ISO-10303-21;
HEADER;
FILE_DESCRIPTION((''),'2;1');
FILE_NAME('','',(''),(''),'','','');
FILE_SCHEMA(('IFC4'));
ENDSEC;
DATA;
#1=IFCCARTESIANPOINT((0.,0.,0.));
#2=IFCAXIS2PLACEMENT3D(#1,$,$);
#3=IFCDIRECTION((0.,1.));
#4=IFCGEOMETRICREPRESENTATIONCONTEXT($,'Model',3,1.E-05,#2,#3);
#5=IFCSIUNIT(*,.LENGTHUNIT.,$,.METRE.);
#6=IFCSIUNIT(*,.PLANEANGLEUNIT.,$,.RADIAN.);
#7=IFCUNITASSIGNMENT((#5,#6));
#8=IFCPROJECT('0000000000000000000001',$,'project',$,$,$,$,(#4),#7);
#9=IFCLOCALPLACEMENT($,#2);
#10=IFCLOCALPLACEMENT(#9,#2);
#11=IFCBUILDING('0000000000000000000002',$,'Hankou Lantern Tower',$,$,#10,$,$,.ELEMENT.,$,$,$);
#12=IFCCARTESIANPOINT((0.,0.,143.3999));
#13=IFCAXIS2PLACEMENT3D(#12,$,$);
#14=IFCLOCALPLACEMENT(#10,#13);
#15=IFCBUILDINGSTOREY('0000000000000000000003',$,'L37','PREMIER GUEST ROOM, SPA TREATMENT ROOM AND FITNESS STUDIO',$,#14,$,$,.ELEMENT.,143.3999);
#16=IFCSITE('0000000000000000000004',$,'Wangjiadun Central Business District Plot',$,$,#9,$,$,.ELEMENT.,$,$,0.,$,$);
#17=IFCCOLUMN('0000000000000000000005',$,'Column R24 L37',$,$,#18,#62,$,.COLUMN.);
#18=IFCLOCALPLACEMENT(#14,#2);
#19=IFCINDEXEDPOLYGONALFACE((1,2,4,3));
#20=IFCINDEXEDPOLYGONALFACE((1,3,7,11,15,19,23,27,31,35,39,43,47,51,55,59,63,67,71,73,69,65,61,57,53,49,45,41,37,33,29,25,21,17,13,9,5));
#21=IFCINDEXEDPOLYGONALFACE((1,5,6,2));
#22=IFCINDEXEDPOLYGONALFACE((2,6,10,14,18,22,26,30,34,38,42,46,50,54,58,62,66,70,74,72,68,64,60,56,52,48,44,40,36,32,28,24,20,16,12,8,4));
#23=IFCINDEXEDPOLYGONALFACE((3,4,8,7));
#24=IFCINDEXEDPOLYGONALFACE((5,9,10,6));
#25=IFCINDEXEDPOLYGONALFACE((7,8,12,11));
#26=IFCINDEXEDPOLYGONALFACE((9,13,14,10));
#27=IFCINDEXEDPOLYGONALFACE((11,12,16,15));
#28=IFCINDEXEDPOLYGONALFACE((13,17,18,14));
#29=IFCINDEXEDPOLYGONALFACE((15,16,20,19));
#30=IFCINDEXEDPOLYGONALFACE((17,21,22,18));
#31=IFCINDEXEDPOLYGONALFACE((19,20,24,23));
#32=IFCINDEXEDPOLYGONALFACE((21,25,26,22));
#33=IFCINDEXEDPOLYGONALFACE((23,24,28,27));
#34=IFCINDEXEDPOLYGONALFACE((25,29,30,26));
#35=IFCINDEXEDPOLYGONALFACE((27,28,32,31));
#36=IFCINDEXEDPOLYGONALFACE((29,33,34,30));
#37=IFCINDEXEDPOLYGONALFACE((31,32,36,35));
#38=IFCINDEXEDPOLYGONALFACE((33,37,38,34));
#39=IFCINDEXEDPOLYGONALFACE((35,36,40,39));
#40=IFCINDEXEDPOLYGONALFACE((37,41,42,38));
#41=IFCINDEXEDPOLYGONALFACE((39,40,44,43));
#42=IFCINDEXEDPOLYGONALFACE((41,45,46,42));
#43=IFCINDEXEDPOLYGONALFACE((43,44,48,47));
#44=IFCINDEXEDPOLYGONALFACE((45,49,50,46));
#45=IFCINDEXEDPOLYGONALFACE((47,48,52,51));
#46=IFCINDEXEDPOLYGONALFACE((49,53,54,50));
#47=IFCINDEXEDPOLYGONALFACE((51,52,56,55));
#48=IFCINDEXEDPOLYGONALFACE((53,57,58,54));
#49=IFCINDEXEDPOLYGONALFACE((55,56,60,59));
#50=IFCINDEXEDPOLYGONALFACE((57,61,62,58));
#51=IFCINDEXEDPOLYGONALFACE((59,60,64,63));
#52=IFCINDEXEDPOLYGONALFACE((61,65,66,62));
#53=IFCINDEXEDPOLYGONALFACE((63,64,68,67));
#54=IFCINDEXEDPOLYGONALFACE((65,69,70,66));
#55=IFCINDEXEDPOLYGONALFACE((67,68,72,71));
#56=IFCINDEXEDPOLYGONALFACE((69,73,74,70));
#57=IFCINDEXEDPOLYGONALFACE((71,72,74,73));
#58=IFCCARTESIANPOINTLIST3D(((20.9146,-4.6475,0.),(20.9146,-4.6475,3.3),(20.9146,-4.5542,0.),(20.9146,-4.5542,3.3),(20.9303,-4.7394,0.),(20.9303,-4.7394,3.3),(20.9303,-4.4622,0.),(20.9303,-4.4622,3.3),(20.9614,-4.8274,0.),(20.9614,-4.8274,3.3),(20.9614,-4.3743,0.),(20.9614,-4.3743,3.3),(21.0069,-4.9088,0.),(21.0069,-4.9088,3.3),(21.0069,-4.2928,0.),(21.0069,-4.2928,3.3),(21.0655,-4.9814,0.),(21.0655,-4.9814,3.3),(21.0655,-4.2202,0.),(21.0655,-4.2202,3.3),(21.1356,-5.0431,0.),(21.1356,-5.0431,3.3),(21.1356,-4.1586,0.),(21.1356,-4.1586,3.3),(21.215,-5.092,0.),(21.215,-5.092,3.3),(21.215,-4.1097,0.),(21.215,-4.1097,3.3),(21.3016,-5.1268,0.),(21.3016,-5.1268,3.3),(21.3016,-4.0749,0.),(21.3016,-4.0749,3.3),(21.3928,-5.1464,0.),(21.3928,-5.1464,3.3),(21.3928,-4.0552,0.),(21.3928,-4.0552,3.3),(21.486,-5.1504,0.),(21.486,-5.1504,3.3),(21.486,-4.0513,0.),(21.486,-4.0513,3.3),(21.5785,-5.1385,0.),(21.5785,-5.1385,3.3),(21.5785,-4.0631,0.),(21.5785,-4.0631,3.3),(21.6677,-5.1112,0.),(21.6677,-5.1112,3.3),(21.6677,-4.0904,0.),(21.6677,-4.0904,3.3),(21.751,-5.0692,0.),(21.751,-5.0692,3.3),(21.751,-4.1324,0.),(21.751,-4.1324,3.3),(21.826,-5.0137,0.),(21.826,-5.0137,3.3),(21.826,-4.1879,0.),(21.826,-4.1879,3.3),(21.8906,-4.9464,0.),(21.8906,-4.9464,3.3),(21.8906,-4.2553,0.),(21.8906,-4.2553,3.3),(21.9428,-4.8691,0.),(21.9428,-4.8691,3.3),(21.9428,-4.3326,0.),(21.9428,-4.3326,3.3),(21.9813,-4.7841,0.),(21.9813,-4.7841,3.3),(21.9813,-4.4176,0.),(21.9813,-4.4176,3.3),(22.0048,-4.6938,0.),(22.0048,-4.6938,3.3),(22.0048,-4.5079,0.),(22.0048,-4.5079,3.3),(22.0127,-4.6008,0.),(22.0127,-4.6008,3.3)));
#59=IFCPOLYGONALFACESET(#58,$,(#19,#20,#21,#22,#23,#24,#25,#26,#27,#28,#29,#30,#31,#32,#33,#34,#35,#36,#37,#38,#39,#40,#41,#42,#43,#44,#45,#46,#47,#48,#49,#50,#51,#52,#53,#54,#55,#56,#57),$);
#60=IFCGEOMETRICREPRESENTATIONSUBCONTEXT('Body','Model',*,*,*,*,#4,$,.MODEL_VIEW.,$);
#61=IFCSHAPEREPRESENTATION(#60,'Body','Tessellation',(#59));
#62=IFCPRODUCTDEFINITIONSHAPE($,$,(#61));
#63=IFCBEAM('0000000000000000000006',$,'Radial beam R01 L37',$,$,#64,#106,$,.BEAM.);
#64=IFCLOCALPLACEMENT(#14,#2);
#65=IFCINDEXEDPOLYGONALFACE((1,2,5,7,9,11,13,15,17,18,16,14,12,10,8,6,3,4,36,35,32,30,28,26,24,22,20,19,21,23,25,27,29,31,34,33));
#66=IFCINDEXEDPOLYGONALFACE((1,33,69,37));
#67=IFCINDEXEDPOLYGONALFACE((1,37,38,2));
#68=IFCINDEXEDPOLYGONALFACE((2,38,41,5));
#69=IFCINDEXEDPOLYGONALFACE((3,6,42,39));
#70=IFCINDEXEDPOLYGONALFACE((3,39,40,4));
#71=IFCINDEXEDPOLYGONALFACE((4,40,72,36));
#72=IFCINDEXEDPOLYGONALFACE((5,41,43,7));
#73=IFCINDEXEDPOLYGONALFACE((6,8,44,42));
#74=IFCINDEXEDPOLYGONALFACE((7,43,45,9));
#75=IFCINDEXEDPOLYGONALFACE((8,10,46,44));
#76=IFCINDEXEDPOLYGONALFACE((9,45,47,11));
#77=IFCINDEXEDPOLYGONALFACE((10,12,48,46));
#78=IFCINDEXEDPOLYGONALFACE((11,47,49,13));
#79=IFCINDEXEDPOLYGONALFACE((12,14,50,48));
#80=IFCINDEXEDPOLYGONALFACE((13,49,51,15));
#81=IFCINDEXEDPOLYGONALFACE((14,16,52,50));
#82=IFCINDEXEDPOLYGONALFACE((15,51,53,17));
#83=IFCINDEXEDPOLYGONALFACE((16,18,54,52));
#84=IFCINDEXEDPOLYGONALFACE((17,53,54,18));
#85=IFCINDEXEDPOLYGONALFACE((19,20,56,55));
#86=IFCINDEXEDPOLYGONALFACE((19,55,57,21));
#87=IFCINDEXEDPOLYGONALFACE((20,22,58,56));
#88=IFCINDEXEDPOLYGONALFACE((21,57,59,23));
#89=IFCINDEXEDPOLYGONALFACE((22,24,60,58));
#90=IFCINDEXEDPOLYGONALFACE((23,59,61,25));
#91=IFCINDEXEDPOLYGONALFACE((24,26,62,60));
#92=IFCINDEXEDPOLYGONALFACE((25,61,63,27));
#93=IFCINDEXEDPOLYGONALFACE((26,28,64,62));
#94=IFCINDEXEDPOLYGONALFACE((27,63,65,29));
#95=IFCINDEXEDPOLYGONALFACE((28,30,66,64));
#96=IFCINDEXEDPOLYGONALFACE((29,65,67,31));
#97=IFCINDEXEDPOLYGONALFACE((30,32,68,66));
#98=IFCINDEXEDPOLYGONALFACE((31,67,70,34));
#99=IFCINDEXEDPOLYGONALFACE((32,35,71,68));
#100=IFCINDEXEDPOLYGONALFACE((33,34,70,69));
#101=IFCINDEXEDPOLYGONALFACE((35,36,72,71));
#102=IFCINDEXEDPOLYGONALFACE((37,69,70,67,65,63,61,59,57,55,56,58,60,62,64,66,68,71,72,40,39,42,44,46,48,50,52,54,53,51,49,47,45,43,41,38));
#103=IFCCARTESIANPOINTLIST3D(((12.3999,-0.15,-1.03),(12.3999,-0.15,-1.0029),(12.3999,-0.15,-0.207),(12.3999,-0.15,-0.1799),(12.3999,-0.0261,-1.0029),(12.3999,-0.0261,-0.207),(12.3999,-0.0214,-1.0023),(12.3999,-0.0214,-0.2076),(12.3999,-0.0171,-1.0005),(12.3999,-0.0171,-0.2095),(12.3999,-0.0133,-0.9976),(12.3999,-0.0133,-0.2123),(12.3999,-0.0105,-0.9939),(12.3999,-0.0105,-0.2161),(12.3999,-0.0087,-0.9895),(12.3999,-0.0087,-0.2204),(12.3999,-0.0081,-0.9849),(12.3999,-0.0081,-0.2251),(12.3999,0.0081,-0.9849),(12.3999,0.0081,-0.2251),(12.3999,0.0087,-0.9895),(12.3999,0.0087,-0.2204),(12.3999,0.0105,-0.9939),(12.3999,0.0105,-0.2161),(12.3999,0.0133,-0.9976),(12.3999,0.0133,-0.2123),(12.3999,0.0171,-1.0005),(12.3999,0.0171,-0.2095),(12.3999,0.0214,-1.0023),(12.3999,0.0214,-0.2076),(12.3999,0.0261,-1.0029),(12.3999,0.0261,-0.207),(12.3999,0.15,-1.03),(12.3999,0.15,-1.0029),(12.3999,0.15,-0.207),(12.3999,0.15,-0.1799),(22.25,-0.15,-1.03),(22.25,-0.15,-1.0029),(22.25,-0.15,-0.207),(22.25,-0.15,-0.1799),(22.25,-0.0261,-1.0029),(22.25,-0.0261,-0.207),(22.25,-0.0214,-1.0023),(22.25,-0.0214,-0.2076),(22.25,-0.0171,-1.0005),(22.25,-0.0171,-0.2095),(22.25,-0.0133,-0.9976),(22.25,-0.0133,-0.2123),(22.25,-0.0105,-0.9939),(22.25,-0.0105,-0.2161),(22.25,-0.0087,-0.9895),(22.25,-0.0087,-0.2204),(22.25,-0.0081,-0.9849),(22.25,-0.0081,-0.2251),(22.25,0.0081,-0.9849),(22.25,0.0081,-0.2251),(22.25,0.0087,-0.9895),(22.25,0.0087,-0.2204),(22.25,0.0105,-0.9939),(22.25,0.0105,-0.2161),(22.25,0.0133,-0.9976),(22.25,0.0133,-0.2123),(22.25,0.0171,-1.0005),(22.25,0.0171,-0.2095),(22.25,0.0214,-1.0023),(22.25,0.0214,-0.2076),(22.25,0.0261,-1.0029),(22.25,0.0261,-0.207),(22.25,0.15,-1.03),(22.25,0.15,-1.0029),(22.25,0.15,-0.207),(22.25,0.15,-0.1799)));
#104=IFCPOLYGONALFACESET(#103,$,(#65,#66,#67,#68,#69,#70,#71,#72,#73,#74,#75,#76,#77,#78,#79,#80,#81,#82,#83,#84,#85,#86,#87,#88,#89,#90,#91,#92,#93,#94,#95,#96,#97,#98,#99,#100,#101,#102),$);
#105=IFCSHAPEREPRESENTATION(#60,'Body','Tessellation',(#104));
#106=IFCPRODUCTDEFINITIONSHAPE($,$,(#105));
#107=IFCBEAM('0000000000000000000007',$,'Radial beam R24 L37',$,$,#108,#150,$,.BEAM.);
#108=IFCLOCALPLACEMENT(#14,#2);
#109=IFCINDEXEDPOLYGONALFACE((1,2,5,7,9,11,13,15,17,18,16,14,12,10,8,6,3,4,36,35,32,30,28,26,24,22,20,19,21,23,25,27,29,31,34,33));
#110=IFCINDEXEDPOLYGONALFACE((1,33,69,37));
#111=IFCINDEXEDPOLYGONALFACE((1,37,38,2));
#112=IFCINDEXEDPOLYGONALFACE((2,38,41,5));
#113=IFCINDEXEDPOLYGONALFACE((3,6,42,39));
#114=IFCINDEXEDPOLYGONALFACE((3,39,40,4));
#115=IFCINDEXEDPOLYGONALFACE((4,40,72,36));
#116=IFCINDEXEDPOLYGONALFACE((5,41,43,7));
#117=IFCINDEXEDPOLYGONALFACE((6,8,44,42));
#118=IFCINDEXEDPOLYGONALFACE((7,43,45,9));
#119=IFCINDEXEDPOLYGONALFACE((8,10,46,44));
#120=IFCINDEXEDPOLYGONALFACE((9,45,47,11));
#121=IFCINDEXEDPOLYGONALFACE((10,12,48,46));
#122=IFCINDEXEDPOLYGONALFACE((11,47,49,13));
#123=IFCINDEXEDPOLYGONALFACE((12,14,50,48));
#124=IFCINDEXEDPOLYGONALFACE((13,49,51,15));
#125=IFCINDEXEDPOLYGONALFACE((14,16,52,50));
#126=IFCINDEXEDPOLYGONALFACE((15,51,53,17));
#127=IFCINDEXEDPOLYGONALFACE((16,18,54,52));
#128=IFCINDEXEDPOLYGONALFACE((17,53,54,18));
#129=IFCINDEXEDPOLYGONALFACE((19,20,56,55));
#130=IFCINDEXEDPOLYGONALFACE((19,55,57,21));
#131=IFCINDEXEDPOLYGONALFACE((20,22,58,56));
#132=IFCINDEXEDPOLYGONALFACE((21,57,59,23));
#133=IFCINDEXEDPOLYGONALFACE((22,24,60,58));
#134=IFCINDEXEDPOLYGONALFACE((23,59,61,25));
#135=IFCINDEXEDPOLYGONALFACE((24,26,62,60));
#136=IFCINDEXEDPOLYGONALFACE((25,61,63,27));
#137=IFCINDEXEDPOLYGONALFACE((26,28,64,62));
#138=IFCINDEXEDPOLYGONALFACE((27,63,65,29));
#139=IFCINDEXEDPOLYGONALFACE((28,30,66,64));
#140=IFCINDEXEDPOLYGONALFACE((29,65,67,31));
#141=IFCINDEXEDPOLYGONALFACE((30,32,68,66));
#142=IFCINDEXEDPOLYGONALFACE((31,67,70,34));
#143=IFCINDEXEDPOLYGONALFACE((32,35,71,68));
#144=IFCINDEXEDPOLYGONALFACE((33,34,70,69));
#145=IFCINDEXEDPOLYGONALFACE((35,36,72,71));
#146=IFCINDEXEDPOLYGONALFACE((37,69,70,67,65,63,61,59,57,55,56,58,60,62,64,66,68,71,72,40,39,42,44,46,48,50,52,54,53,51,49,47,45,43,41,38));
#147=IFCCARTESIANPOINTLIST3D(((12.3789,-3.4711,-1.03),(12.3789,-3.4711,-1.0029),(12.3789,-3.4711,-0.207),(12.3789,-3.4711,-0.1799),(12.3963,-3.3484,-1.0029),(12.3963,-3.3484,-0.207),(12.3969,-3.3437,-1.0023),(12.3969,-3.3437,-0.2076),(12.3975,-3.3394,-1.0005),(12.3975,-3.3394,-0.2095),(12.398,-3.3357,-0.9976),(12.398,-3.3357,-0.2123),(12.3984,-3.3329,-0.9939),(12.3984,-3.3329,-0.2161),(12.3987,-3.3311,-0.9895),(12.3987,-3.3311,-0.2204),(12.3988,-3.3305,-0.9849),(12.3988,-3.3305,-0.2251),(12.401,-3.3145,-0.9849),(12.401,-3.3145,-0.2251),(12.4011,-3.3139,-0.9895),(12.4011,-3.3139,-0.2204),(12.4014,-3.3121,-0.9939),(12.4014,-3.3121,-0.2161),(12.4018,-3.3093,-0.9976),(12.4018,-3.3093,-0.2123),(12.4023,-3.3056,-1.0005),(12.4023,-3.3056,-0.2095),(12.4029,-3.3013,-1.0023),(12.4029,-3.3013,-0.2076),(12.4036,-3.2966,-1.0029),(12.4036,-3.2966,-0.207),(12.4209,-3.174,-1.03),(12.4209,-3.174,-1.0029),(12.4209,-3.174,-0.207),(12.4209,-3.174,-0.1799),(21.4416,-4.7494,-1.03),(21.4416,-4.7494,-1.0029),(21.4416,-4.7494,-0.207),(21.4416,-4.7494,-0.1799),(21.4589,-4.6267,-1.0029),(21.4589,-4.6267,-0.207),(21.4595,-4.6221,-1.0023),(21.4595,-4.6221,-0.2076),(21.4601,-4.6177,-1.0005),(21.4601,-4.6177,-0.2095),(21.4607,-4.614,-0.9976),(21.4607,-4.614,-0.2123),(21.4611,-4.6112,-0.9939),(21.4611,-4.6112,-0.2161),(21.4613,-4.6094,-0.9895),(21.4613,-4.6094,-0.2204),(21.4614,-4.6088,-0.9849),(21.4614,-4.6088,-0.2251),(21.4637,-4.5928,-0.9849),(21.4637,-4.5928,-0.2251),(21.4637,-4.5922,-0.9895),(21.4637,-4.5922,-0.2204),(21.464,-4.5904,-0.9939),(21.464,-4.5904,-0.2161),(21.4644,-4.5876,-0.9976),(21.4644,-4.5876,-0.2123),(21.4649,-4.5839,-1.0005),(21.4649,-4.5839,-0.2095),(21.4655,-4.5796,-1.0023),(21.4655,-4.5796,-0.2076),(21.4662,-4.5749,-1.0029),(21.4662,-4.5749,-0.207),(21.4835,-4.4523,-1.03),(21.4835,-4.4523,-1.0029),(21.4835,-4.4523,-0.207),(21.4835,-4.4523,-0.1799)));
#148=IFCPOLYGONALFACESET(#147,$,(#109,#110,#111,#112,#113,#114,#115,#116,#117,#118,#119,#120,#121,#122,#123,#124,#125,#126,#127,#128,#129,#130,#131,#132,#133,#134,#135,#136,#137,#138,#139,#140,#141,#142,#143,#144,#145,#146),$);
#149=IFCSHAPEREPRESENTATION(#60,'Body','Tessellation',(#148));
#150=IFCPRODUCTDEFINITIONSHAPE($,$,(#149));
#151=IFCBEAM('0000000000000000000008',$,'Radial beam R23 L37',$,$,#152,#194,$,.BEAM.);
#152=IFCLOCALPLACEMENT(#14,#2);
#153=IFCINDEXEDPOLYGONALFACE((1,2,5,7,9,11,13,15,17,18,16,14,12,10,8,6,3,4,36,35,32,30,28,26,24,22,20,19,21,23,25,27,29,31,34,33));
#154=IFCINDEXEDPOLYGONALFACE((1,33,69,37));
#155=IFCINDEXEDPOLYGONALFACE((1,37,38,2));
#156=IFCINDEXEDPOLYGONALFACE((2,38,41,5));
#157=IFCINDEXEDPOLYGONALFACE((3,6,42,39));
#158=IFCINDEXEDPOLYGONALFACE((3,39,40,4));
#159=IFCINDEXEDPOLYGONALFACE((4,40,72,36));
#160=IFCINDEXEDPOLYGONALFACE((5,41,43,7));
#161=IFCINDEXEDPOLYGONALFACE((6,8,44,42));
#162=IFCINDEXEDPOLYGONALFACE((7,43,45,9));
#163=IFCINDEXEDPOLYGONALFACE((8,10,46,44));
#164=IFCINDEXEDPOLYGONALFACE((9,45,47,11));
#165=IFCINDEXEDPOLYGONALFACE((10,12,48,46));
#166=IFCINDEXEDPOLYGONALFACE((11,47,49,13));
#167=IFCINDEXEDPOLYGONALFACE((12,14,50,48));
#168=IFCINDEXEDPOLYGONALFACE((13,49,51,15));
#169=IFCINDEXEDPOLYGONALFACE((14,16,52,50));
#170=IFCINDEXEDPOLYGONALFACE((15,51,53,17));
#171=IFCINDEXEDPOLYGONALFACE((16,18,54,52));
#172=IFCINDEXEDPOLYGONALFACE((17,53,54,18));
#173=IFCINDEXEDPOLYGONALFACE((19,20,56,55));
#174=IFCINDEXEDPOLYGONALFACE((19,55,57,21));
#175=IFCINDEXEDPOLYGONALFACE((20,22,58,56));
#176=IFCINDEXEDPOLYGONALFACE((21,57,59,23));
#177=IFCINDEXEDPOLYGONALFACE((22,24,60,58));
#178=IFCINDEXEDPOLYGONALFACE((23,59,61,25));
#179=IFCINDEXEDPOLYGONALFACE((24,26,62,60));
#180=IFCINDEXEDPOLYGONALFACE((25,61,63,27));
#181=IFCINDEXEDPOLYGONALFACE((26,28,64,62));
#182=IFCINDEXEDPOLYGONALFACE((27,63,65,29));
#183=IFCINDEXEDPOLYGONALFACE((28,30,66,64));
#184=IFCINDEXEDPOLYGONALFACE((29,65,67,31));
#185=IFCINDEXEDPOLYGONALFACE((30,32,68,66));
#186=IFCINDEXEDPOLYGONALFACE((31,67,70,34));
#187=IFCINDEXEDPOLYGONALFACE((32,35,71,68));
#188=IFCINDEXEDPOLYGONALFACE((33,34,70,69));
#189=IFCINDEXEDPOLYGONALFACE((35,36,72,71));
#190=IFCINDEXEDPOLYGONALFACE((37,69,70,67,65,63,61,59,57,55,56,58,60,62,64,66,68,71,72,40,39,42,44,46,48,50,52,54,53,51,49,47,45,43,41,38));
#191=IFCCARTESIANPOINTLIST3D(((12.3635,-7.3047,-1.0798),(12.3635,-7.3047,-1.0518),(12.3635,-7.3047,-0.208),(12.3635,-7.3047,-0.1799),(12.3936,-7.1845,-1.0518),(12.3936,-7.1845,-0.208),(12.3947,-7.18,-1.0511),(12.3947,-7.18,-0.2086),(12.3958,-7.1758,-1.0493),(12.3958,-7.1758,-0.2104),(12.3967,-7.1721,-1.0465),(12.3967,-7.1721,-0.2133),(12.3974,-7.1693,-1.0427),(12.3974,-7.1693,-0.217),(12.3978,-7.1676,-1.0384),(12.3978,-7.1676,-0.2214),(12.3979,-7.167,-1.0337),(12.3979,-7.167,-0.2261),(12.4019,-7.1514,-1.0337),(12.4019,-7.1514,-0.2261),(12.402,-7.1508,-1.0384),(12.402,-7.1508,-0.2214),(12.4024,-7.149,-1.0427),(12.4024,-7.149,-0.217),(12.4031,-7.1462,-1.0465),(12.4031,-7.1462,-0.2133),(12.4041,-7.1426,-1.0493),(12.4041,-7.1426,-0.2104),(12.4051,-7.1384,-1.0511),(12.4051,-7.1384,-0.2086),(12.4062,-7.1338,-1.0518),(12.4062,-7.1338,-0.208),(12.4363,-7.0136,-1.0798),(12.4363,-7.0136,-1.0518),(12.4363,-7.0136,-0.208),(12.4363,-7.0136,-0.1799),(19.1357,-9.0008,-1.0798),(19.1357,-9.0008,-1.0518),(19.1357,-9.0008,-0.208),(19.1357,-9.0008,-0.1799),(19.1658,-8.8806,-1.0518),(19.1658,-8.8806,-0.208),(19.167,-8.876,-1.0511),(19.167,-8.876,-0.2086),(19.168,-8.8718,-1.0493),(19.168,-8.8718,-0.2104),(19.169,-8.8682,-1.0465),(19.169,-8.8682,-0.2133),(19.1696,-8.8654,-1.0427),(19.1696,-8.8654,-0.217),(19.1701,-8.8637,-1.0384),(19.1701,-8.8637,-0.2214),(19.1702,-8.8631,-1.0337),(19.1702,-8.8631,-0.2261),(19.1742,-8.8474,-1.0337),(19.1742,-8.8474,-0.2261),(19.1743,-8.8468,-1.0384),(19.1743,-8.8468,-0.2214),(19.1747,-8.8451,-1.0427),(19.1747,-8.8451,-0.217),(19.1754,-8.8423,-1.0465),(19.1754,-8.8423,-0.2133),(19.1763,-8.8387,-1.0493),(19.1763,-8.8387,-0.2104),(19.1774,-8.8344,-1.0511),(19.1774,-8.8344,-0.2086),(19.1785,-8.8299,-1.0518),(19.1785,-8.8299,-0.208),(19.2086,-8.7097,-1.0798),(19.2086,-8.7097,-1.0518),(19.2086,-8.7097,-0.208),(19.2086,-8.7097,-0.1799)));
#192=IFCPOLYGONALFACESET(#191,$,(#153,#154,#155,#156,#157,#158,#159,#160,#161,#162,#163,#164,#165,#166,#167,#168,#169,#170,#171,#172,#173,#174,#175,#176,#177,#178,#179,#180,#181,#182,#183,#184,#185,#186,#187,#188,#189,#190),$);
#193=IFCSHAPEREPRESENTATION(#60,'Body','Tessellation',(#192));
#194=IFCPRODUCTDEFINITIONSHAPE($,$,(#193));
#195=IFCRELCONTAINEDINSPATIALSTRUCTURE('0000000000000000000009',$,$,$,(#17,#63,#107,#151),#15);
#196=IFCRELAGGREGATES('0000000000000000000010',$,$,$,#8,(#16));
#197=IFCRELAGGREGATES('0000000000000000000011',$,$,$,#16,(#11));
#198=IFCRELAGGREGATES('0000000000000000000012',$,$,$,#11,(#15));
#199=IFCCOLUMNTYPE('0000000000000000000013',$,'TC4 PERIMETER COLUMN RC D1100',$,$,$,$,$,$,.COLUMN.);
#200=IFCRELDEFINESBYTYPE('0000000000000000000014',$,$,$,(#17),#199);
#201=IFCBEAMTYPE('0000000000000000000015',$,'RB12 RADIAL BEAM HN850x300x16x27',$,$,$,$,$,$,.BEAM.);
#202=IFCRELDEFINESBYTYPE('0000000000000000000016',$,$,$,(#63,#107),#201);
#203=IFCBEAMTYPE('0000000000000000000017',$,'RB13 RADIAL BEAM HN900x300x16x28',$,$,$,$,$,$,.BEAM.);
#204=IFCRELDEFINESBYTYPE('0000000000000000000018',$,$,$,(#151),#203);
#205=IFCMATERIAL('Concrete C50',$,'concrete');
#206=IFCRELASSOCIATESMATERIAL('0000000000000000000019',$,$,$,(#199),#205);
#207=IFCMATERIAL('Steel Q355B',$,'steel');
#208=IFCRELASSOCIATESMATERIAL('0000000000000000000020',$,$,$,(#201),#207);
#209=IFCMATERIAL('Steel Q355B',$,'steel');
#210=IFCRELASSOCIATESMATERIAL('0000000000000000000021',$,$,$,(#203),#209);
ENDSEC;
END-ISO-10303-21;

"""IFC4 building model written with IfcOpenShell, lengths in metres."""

from ifc_helpers import new_model, si_unit, direction, frame, origin, origin_2d, place, context, subcontext, project, spatial, circle, i_section, extrude, material, material_profile, profile_set, type_object, element, save


model = new_model("IFC4")

# Units and contexts
model_context = context("Model", 3, precision=1e-05, world=origin(), true_north=direction((0.0, 1.0)))
body_context = subcontext(model_context, "Body", "Model", "MODEL_VIEW")
ifc_project = project(units=[si_unit("LENGTHUNIT", "METRE"), si_unit("PLANEANGLEUNIT", "RADIAN")], contexts=[model_context])

# Site, building, storey
site_placement = place(None, origin())
site = spatial("IfcSite", under=ifc_project, at=site_placement, Name="Wangjiadun Central Business District Plot", CompositionType="ELEMENT", RefElevation=0.0)
building_placement = place(site_placement, origin())
building = spatial("IfcBuilding", under=site, at=building_placement, Name="Hankou Lantern Tower", CompositionType="ELEMENT")
storey_placement = place(building_placement, frame((0.0, 0.0, 143.3999)))
storey = spatial("IfcBuildingStorey", under=building, at=storey_placement, Name="L37", Description="PREMIER GUEST ROOM, SPA TREATMENT ROOM AND FITNESS STUDIO", CompositionType="ELEMENT", Elevation=143.3999)

# Column
ifc_material_1 = material(Name="Concrete C50", Category="concrete")
ifc_material_profile_1 = material_profile(ifc_material_1, circle(Radius=0.55, at=origin_2d()), Name="RC D1100")
ifc_profile_set_1 = profile_set([ifc_material_profile_1], Name="Concrete C50")
column_type = type_object("IfcColumnType", Name="TC4 PERIMETER COLUMN RC D1100", PredefinedType="COLUMN", material=ifc_profile_set_1)
column_placement = place(storey_placement, frame((21.4626, -4.6008, 0.0), z_axis=(0.0, 0.0, 1.0), x_axis=(1.0, 0.0, 0.0)))
element("IfcColumn", 1, at=column_placement, inside=storey, type_object=column_type, Name="Column R24 L37", PredefinedType="COLUMN", context=body_context, shape_type="SweptSolid", body=[
    extrude(circle(Radius=0.55, at=origin_2d()), origin(), (0.0, 0.0, 1.0), 3.3),
])

# Beams
ifc_material_2 = material(Name="Steel Q355B", Category="steel")
ifc_material_profile_2 = material_profile(ifc_material_2, i_section(OverallWidth=0.3, OverallDepth=0.8501, WebThickness=0.0161, FlangeThickness=0.0271, FilletRadius=0.0181, at=origin_2d()), Name="HN850x300x16x27")
ifc_profile_set_2 = profile_set([ifc_material_profile_2], Name="Steel Q355B")
beam_type_1 = type_object("IfcBeamType", Name="RB12 RADIAL BEAM HN850x300x16x27", PredefinedType="BEAM", material=ifc_profile_set_2)
beam_1_placement = place(storey_placement, frame((12.3999, 0.0, -0.605), z_axis=(1.0, 0.0, 0.0), x_axis=(0.0, 1.0, 0.0)))
element("IfcBeam", 2, at=beam_1_placement, inside=storey, type_object=beam_type_1, Name="Radial beam R01 L37", PredefinedType="BEAM", context=body_context, shape_type="SweptSolid", body=[
    extrude(i_section(OverallWidth=0.3, OverallDepth=0.8501, WebThickness=0.0161, FlangeThickness=0.0271, FilletRadius=0.0181, at=origin_2d()), origin(), (0.0, 0.0, 1.0), 9.8501),
])
beam_2_placement = place(storey_placement, frame((12.3999, -3.3225, -0.605), z_axis=(0.990198, -0.13967, 0.0), x_axis=(0.13967, 0.990198, 0.0)))
element("IfcBeam", 3, at=beam_2_placement, inside=storey, type_object=beam_type_1, Name="Radial beam R24 L37", PredefinedType="BEAM", context=body_context, shape_type="SweptSolid", body=[
    extrude(i_section(OverallWidth=0.3, OverallDepth=0.8501, WebThickness=0.0161, FlangeThickness=0.0271, FilletRadius=0.0181, at=origin_2d()), origin(), (0.0, 0.0, 1.0), 9.1523),
])
ifc_material_3 = material(Name="Steel Q355B", Category="steel")
ifc_material_profile_3 = material_profile(ifc_material_3, i_section(OverallWidth=0.3, OverallDepth=0.8999, WebThickness=0.0161, FlangeThickness=0.0281, FilletRadius=0.0181, at=origin_2d()), Name="HN900x300x16x28")
ifc_profile_set_3 = profile_set([ifc_material_profile_3], Name="Steel Q355B")
beam_type_2 = type_object("IfcBeamType", Name="RB13 RADIAL BEAM HN900x300x16x28", PredefinedType="BEAM", material=ifc_profile_set_3)
beam_3_placement = place(storey_placement, frame((12.3999, -7.1592, -0.6299), z_axis=(0.970042, -0.242939, 0.0), x_axis=(0.242939, 0.970042, 0.0)))
element("IfcBeam", 4, at=beam_3_placement, inside=storey, type_object=beam_type_2, Name="Radial beam R23 L37", PredefinedType="BEAM", context=body_context, shape_type="SweptSolid", body=[
    extrude(i_section(OverallWidth=0.3, OverallDepth=0.8999, WebThickness=0.0161, FlangeThickness=0.0281, FilletRadius=0.0181, at=origin_2d()), origin(), (0.0, 0.0, 1.0), 6.9814),
])

save(model, "model.ifc")
